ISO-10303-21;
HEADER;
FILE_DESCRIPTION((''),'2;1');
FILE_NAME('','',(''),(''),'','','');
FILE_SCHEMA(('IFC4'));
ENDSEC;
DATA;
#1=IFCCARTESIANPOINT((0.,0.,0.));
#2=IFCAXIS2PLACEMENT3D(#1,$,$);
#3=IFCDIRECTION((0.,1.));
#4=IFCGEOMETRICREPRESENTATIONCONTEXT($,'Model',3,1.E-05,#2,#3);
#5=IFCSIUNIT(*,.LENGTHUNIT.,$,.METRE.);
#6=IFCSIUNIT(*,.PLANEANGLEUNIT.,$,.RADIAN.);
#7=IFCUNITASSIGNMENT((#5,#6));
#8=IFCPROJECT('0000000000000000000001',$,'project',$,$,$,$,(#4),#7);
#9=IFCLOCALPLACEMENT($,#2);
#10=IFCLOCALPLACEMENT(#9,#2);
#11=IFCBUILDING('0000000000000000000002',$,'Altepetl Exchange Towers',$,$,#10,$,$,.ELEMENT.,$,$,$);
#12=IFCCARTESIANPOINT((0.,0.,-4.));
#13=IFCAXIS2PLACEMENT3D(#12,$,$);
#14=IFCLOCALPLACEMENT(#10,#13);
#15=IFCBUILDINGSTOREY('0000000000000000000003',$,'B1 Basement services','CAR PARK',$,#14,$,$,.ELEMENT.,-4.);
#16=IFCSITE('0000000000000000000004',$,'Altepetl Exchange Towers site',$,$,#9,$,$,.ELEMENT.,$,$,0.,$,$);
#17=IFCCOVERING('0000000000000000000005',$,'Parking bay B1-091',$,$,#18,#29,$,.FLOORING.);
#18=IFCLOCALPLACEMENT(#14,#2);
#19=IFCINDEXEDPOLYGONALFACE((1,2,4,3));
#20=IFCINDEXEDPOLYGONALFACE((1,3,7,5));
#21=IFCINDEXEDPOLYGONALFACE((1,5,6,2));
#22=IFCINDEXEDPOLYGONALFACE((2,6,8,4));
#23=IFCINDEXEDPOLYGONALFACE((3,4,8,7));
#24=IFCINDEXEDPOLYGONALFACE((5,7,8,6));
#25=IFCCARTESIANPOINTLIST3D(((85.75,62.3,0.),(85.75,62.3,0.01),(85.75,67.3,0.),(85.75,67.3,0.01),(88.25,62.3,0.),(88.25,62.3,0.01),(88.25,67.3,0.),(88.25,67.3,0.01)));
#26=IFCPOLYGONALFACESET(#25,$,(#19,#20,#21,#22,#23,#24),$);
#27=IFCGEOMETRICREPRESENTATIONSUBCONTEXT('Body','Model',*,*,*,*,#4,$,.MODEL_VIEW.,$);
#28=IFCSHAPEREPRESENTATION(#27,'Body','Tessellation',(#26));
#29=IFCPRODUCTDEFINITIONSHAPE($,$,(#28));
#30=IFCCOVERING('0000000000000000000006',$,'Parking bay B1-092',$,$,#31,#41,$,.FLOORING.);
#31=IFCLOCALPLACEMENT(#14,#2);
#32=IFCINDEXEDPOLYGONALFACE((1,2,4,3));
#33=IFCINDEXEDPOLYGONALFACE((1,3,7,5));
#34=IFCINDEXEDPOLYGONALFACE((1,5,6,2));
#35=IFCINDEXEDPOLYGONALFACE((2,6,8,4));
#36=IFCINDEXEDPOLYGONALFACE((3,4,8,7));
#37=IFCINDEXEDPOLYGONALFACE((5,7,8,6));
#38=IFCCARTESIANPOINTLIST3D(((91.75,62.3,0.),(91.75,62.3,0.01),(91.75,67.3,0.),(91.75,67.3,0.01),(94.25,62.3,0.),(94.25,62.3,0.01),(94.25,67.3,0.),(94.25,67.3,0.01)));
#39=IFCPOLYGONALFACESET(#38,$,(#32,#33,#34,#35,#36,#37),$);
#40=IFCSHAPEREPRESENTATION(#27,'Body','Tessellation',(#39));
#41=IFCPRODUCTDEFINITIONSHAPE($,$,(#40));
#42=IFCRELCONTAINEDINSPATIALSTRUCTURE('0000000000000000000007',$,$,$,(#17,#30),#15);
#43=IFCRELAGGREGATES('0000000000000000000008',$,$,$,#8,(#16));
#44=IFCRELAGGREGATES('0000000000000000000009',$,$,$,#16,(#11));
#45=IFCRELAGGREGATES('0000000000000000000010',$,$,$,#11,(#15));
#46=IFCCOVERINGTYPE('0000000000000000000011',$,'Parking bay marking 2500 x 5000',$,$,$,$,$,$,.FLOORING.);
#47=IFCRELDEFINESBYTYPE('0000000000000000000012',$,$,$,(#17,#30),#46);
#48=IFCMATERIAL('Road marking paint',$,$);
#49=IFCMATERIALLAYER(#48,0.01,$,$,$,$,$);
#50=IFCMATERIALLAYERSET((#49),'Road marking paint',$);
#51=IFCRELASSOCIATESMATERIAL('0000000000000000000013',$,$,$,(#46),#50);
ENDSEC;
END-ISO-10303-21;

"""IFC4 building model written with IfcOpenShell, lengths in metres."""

from ifc_helpers import new_model, si_unit, direction, frame, origin, place, context, subcontext, project, spatial, polyline, outline, extrude, material, layer, layer_set, type_object, element, save


model = new_model("IFC4")

# Units and contexts
model_context = context("Model", 3, precision=1e-05, world=origin(), true_north=direction((0.0, 1.0)))
body_context = subcontext(model_context, "Body", "Model", "MODEL_VIEW")
ifc_project = project(units=[si_unit("LENGTHUNIT", "METRE"), si_unit("PLANEANGLEUNIT", "RADIAN")], contexts=[model_context])

# Site, building, storey
site_placement = place(None, origin())
site = spatial("IfcSite", under=ifc_project, at=site_placement, Name="Altepetl Exchange Towers site", CompositionType="ELEMENT", RefElevation=0.0)
building_placement = place(site_placement, origin())
building = spatial("IfcBuilding", under=site, at=building_placement, Name="Altepetl Exchange Towers", CompositionType="ELEMENT")
storey_placement = place(building_placement, frame((0.0, 0.0, -4.0)))
storey = spatial("IfcBuildingStorey", under=building, at=storey_placement, Name="B1 Basement services", Description="CAR PARK", CompositionType="ELEMENT", Elevation=-4.0)

# Coverings
ifc_material = material(Name="Road marking paint")
ifc_layer_1 = layer(ifc_material, 0.01)
ifc_layer_set_1 = layer_set([ifc_layer_1], Name="Road marking paint")
covering_type_1 = type_object("IfcCoveringType", Name="Parking bay marking 2500 x 5000", PredefinedType="FLOORING", material=ifc_layer_set_1)
covering_1_placement = place(storey_placement, origin())
element("IfcCovering", 1, at=covering_1_placement, inside=storey, type_object=covering_type_1, Name="Parking bay B1-091", PredefinedType="FLOORING", context=body_context, shape_type="SweptSolid", body=[
    extrude(outline(polyline([(85.75, 62.3), (88.25, 62.3), (88.25, 67.3), (85.75, 67.3), (85.75, 62.3)])), origin(), (0.0, 0.0, 1.0), 0.01),
])
covering_2_placement = place(storey_placement, origin())
element("IfcCovering", 2, at=covering_2_placement, inside=storey, type_object=covering_type_1, Name="Parking bay B1-092", PredefinedType="FLOORING", context=body_context, shape_type="SweptSolid", body=[
    extrude(outline(polyline([(91.75, 62.3), (94.25, 62.3), (94.25, 67.3), (91.75, 67.3), (91.75, 62.3)])), origin(), (0.0, 0.0, 1.0), 0.01),
])

save(model, "model.ifc")
